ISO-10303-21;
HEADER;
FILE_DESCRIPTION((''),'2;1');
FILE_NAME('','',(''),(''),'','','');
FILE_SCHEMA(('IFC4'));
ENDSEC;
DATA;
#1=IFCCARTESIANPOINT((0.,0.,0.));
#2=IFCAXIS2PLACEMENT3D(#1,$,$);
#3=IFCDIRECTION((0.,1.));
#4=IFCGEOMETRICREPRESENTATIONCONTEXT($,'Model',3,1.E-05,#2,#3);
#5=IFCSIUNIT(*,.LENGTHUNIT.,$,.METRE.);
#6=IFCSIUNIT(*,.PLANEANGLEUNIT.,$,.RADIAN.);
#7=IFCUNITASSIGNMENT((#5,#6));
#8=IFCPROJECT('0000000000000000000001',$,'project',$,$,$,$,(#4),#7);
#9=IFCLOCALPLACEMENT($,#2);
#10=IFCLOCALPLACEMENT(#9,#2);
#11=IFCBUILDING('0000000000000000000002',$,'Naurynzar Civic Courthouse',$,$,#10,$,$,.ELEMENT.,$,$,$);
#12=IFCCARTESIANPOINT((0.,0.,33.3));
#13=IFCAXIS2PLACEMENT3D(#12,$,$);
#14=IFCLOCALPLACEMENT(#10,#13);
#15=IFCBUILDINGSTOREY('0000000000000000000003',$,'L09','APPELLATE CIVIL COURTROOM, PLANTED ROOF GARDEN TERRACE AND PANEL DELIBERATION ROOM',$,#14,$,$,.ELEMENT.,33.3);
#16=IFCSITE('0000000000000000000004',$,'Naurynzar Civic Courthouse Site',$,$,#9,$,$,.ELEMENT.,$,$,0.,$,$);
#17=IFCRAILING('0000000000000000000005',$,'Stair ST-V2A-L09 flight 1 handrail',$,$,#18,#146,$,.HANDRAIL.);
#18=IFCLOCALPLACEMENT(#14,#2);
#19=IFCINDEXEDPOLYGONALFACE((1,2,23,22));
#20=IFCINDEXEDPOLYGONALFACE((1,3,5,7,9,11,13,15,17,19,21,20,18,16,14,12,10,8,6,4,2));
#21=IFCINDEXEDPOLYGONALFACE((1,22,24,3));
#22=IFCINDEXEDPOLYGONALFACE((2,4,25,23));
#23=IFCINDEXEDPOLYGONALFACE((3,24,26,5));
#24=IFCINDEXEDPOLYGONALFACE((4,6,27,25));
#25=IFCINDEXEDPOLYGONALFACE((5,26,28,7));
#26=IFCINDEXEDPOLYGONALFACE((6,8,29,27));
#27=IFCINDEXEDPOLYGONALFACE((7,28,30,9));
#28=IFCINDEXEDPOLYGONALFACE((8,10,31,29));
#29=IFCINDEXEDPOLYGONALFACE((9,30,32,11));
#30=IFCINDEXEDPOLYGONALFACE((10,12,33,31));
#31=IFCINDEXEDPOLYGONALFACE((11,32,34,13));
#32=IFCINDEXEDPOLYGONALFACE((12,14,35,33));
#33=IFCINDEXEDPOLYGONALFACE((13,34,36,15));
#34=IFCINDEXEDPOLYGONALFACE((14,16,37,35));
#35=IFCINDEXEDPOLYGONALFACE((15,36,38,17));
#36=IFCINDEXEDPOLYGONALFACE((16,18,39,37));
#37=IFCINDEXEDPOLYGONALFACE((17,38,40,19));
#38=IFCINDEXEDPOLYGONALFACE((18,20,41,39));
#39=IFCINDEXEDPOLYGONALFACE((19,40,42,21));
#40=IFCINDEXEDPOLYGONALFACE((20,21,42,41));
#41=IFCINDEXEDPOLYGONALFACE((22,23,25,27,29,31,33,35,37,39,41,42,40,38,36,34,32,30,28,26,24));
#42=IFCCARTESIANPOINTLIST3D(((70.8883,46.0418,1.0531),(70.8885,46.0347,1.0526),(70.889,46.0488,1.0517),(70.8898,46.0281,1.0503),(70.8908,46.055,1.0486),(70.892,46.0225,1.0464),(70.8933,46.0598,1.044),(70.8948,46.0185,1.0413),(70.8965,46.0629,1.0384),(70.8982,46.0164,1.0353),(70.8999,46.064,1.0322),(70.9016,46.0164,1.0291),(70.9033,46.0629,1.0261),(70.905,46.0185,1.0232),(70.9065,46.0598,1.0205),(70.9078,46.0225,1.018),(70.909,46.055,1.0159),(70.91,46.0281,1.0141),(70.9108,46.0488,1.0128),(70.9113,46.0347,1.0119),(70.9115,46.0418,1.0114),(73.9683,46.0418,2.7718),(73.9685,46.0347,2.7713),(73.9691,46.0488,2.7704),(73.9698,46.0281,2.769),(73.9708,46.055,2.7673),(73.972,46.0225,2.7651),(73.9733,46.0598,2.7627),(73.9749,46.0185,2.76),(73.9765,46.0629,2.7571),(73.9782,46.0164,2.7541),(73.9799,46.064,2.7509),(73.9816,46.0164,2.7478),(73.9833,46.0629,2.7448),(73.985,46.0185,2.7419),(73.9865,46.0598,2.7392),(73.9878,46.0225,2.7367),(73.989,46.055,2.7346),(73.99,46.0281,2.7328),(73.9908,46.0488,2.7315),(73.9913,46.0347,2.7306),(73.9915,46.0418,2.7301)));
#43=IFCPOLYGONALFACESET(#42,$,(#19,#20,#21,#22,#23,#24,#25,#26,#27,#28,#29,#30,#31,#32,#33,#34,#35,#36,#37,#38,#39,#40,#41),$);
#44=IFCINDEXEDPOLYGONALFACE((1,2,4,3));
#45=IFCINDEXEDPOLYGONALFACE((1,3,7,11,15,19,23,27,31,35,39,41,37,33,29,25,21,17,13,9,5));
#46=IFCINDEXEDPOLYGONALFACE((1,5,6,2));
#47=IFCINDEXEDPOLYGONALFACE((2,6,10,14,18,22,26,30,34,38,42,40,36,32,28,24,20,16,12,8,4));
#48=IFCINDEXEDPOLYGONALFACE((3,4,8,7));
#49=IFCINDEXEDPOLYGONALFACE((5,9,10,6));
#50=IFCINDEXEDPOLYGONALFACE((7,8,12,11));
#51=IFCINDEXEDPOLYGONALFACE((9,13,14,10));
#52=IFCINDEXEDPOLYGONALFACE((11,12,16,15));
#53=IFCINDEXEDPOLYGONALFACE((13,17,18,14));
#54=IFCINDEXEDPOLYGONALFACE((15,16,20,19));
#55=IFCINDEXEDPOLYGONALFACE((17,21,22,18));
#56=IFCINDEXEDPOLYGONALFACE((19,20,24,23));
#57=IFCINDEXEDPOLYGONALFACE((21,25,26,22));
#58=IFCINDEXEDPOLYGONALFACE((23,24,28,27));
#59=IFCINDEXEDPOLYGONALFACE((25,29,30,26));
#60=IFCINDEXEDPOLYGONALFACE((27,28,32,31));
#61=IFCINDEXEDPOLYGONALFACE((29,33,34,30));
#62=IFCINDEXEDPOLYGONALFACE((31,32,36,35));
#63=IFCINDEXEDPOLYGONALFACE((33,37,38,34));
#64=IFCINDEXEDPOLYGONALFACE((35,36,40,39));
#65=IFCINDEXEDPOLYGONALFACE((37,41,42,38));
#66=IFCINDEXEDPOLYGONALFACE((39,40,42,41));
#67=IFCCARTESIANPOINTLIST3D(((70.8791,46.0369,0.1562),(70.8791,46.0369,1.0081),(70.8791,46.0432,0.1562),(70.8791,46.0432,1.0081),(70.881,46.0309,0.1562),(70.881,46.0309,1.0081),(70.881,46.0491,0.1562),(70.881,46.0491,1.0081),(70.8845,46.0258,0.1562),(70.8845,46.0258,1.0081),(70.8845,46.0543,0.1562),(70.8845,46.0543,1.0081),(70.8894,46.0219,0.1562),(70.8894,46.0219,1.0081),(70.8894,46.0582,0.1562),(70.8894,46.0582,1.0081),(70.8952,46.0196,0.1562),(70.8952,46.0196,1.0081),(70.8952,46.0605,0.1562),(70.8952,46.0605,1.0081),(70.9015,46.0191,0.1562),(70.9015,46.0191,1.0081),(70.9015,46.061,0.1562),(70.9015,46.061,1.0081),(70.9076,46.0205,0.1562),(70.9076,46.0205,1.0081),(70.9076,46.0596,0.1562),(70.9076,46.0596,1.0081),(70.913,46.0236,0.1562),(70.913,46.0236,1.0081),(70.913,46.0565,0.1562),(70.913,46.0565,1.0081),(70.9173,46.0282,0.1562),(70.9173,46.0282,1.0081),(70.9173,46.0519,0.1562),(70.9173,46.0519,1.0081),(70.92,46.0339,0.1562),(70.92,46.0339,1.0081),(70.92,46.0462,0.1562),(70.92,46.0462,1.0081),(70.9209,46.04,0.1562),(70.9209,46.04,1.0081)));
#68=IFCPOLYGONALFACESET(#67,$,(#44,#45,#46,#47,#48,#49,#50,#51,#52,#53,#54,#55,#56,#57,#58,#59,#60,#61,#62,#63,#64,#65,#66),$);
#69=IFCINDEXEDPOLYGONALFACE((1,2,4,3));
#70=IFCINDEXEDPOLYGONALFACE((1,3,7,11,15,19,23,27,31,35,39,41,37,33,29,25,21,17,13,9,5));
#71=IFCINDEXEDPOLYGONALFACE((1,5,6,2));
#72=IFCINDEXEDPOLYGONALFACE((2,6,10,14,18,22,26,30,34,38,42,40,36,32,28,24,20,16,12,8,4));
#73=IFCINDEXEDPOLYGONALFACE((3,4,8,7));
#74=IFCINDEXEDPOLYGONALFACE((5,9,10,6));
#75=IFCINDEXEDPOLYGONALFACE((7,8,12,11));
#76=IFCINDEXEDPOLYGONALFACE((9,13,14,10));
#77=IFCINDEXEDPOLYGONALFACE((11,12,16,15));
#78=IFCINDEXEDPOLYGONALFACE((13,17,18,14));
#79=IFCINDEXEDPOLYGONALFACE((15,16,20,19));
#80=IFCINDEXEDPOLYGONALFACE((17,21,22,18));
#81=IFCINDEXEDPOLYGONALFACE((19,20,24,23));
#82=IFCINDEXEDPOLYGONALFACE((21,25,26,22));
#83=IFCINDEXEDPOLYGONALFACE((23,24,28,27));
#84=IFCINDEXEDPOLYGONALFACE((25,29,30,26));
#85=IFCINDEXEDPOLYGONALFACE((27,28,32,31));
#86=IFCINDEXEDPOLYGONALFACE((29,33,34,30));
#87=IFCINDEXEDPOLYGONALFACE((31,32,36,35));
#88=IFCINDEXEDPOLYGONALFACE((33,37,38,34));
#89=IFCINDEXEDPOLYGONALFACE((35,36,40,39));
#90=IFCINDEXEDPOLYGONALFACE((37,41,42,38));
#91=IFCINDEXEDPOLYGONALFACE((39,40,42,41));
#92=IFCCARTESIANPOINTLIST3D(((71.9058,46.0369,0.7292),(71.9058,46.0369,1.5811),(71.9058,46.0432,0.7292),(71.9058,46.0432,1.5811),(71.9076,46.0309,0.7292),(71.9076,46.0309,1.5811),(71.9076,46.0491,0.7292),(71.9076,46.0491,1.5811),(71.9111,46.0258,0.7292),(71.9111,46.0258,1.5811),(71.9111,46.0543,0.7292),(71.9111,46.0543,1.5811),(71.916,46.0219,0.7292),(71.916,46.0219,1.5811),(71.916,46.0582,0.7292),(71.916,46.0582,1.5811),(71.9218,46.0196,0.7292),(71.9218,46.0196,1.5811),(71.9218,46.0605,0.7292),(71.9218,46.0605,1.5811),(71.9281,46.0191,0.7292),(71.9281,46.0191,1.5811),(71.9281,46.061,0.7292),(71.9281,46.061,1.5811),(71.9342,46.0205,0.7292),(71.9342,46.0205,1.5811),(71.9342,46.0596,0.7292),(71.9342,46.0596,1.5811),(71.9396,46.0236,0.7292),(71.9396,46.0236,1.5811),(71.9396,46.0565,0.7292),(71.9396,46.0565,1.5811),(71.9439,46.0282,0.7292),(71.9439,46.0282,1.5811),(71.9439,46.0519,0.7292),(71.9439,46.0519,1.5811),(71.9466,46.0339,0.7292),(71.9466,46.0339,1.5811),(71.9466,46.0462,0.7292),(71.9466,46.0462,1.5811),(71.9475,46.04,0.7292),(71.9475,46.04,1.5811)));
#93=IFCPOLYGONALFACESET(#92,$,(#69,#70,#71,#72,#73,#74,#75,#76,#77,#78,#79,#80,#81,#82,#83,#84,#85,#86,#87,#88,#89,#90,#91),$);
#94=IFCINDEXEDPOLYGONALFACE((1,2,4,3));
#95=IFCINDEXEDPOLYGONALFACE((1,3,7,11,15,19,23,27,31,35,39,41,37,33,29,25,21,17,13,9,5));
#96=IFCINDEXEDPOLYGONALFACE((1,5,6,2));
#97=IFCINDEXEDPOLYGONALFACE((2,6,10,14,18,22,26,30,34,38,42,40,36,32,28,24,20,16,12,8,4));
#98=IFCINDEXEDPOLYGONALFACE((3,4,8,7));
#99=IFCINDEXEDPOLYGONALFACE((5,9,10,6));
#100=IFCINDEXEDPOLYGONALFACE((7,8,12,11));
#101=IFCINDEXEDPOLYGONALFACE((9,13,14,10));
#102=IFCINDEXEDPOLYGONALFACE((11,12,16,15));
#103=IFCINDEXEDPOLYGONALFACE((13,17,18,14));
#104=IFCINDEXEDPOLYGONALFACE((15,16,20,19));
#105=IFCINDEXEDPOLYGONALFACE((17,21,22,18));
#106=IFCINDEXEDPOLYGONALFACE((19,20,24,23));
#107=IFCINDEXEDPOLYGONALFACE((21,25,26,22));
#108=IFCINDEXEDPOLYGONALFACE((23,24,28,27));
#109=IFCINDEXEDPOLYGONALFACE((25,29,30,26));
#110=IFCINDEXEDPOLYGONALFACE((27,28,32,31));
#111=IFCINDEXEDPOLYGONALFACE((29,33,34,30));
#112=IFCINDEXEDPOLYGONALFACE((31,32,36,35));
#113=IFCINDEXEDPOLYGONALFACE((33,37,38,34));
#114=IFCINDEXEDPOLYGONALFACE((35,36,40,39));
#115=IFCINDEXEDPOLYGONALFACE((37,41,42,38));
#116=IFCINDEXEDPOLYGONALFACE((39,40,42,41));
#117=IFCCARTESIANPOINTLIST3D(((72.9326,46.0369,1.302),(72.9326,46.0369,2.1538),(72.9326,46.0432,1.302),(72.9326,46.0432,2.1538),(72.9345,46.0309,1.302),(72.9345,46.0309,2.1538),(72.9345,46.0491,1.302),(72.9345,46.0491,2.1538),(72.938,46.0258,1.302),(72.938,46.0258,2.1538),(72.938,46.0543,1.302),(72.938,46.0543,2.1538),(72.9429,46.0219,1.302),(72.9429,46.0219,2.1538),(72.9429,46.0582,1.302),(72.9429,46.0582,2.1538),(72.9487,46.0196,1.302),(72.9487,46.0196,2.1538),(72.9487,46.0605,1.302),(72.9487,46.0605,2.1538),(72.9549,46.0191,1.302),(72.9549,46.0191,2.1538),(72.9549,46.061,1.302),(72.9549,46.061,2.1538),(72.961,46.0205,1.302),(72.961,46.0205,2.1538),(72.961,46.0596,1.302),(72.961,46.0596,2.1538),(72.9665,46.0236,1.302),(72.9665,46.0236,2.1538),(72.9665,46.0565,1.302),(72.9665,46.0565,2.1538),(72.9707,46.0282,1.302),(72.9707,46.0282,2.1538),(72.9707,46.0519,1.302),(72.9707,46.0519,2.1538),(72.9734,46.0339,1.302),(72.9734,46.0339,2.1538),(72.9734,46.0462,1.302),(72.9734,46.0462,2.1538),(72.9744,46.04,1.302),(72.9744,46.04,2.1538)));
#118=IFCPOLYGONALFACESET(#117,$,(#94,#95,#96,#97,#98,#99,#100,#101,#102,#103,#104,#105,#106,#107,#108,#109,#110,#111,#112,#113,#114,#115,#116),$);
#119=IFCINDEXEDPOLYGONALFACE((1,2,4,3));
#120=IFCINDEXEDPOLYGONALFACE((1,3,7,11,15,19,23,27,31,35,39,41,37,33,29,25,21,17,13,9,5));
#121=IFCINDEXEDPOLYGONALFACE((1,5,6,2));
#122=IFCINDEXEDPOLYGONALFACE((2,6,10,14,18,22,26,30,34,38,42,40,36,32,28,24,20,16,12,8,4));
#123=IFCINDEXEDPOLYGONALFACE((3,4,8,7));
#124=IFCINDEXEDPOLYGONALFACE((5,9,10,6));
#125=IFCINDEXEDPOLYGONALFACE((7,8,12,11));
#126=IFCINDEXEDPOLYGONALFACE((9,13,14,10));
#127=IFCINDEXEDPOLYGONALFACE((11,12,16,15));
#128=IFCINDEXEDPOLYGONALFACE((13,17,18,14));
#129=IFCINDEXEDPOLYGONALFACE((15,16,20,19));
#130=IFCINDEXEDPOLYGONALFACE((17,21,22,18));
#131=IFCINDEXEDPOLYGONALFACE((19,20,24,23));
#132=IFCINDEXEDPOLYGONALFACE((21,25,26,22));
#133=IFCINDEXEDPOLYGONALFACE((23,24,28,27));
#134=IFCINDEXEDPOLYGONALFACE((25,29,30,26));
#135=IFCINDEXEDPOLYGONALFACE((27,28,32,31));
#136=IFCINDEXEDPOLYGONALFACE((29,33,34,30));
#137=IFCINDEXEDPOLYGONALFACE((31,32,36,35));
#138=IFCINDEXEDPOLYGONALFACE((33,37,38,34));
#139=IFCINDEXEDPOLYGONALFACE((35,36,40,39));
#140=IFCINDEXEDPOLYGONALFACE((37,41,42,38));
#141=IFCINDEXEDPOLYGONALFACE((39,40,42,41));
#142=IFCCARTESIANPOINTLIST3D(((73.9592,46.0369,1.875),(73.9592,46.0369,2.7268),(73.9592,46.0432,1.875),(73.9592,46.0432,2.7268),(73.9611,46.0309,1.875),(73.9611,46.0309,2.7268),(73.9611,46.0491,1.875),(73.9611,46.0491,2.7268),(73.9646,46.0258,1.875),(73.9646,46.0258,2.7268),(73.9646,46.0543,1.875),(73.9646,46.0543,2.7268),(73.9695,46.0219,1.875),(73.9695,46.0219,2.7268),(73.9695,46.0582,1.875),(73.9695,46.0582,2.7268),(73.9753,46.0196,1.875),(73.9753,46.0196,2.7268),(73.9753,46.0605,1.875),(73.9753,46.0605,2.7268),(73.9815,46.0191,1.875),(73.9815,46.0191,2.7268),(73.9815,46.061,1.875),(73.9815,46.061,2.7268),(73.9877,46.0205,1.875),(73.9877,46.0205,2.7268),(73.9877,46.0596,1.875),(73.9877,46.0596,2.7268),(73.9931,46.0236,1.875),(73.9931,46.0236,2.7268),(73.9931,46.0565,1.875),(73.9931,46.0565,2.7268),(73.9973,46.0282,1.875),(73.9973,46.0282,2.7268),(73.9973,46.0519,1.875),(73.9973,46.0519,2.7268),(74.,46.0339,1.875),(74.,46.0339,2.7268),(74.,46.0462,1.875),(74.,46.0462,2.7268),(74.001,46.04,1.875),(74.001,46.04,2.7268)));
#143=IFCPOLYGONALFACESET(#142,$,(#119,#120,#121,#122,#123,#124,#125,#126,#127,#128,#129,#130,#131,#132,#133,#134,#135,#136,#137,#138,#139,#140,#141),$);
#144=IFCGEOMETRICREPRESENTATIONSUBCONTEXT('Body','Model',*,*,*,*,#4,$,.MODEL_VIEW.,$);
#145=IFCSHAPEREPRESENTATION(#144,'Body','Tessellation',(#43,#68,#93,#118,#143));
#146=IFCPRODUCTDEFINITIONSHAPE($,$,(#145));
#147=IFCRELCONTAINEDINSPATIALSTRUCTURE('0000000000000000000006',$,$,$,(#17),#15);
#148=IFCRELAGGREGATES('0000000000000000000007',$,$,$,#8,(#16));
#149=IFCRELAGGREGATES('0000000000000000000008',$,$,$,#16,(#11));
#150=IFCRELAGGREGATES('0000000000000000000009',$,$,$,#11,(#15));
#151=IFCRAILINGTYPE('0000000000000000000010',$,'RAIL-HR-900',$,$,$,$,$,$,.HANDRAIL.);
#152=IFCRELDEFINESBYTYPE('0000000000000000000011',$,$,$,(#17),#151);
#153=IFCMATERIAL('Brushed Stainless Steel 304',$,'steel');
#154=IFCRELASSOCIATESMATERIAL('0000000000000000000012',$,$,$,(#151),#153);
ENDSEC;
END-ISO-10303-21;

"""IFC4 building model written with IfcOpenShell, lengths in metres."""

from ifc_helpers import new_model, si_unit, direction, frame, origin, origin_2d, place, context, subcontext, project, spatial, circle, extrude, material, type_object, element, save


model = new_model("IFC4")

# Units and contexts
model_context = context("Model", 3, precision=1e-05, world=origin(), true_north=direction((0.0, 1.0)))
body_context = subcontext(model_context, "Body", "Model", "MODEL_VIEW")
ifc_project = project(units=[si_unit("LENGTHUNIT", "METRE"), si_unit("PLANEANGLEUNIT", "RADIAN")], contexts=[model_context])

# Site, building, storey
site_placement = place(None, origin())
site = spatial("IfcSite", under=ifc_project, at=site_placement, Name="Naurynzar Civic Courthouse Site", CompositionType="ELEMENT", RefElevation=0.0)
building_placement = place(site_placement, origin())
building = spatial("IfcBuilding", under=site, at=building_placement, Name="Naurynzar Civic Courthouse", CompositionType="ELEMENT")
storey_placement = place(building_placement, frame((0.0, 0.0, 33.3)))
storey = spatial("IfcBuildingStorey", under=building, at=storey_placement, Name="L09", Description="APPELLATE CIVIL COURTROOM, PLANTED ROOF GARDEN TERRACE AND PANEL DELIBERATION ROOM", CompositionType="ELEMENT", Elevation=33.3)

# Railing
ifc_material_1 = material(Name="Brushed Stainless Steel 304", Category="steel")
railing_type_1 = type_object("IfcRailingType", Name="RAIL-HR-900", PredefinedType="HANDRAIL", material=ifc_material_1)
railing_1_placement = place(storey_placement, frame((70.8999, 46.04, 0.1562)))
element("IfcRailing", 1, at=railing_1_placement, inside=storey, type_object=railing_type_1, Name="Stair ST-V2A-L09 flight 1 handrail", PredefinedType="HANDRAIL", context=body_context, shape_type="SweptSolid", body=[
    extrude(circle(Radius=0.0239, at=origin_2d()), frame((0.0, 0.0, 0.876), z_axis=(0.873242, 0.0, 0.487288), x_axis=(0.0, 1.0, 0.0)), (0.0, 0.0, 1.0), 3.5271),
    extrude(circle(Radius=0.021, at=origin_2d()), origin(), (0.0, 0.0, 1.0), 0.8518),
    extrude(circle(Radius=0.021, at=origin_2d()), frame((1.0266, 0.0, 0.573)), (0.0, 0.0, 1.0), 0.8518),
    extrude(circle(Radius=0.021, at=origin_2d()), frame((2.0535, 0.0, 1.1458)), (0.0, 0.0, 1.0), 0.8518),
    extrude(circle(Radius=0.021, at=origin_2d()), frame((3.0801, 0.0, 1.7188)), (0.0, 0.0, 1.0), 0.8518),
])

save(model, "model.ifc")
